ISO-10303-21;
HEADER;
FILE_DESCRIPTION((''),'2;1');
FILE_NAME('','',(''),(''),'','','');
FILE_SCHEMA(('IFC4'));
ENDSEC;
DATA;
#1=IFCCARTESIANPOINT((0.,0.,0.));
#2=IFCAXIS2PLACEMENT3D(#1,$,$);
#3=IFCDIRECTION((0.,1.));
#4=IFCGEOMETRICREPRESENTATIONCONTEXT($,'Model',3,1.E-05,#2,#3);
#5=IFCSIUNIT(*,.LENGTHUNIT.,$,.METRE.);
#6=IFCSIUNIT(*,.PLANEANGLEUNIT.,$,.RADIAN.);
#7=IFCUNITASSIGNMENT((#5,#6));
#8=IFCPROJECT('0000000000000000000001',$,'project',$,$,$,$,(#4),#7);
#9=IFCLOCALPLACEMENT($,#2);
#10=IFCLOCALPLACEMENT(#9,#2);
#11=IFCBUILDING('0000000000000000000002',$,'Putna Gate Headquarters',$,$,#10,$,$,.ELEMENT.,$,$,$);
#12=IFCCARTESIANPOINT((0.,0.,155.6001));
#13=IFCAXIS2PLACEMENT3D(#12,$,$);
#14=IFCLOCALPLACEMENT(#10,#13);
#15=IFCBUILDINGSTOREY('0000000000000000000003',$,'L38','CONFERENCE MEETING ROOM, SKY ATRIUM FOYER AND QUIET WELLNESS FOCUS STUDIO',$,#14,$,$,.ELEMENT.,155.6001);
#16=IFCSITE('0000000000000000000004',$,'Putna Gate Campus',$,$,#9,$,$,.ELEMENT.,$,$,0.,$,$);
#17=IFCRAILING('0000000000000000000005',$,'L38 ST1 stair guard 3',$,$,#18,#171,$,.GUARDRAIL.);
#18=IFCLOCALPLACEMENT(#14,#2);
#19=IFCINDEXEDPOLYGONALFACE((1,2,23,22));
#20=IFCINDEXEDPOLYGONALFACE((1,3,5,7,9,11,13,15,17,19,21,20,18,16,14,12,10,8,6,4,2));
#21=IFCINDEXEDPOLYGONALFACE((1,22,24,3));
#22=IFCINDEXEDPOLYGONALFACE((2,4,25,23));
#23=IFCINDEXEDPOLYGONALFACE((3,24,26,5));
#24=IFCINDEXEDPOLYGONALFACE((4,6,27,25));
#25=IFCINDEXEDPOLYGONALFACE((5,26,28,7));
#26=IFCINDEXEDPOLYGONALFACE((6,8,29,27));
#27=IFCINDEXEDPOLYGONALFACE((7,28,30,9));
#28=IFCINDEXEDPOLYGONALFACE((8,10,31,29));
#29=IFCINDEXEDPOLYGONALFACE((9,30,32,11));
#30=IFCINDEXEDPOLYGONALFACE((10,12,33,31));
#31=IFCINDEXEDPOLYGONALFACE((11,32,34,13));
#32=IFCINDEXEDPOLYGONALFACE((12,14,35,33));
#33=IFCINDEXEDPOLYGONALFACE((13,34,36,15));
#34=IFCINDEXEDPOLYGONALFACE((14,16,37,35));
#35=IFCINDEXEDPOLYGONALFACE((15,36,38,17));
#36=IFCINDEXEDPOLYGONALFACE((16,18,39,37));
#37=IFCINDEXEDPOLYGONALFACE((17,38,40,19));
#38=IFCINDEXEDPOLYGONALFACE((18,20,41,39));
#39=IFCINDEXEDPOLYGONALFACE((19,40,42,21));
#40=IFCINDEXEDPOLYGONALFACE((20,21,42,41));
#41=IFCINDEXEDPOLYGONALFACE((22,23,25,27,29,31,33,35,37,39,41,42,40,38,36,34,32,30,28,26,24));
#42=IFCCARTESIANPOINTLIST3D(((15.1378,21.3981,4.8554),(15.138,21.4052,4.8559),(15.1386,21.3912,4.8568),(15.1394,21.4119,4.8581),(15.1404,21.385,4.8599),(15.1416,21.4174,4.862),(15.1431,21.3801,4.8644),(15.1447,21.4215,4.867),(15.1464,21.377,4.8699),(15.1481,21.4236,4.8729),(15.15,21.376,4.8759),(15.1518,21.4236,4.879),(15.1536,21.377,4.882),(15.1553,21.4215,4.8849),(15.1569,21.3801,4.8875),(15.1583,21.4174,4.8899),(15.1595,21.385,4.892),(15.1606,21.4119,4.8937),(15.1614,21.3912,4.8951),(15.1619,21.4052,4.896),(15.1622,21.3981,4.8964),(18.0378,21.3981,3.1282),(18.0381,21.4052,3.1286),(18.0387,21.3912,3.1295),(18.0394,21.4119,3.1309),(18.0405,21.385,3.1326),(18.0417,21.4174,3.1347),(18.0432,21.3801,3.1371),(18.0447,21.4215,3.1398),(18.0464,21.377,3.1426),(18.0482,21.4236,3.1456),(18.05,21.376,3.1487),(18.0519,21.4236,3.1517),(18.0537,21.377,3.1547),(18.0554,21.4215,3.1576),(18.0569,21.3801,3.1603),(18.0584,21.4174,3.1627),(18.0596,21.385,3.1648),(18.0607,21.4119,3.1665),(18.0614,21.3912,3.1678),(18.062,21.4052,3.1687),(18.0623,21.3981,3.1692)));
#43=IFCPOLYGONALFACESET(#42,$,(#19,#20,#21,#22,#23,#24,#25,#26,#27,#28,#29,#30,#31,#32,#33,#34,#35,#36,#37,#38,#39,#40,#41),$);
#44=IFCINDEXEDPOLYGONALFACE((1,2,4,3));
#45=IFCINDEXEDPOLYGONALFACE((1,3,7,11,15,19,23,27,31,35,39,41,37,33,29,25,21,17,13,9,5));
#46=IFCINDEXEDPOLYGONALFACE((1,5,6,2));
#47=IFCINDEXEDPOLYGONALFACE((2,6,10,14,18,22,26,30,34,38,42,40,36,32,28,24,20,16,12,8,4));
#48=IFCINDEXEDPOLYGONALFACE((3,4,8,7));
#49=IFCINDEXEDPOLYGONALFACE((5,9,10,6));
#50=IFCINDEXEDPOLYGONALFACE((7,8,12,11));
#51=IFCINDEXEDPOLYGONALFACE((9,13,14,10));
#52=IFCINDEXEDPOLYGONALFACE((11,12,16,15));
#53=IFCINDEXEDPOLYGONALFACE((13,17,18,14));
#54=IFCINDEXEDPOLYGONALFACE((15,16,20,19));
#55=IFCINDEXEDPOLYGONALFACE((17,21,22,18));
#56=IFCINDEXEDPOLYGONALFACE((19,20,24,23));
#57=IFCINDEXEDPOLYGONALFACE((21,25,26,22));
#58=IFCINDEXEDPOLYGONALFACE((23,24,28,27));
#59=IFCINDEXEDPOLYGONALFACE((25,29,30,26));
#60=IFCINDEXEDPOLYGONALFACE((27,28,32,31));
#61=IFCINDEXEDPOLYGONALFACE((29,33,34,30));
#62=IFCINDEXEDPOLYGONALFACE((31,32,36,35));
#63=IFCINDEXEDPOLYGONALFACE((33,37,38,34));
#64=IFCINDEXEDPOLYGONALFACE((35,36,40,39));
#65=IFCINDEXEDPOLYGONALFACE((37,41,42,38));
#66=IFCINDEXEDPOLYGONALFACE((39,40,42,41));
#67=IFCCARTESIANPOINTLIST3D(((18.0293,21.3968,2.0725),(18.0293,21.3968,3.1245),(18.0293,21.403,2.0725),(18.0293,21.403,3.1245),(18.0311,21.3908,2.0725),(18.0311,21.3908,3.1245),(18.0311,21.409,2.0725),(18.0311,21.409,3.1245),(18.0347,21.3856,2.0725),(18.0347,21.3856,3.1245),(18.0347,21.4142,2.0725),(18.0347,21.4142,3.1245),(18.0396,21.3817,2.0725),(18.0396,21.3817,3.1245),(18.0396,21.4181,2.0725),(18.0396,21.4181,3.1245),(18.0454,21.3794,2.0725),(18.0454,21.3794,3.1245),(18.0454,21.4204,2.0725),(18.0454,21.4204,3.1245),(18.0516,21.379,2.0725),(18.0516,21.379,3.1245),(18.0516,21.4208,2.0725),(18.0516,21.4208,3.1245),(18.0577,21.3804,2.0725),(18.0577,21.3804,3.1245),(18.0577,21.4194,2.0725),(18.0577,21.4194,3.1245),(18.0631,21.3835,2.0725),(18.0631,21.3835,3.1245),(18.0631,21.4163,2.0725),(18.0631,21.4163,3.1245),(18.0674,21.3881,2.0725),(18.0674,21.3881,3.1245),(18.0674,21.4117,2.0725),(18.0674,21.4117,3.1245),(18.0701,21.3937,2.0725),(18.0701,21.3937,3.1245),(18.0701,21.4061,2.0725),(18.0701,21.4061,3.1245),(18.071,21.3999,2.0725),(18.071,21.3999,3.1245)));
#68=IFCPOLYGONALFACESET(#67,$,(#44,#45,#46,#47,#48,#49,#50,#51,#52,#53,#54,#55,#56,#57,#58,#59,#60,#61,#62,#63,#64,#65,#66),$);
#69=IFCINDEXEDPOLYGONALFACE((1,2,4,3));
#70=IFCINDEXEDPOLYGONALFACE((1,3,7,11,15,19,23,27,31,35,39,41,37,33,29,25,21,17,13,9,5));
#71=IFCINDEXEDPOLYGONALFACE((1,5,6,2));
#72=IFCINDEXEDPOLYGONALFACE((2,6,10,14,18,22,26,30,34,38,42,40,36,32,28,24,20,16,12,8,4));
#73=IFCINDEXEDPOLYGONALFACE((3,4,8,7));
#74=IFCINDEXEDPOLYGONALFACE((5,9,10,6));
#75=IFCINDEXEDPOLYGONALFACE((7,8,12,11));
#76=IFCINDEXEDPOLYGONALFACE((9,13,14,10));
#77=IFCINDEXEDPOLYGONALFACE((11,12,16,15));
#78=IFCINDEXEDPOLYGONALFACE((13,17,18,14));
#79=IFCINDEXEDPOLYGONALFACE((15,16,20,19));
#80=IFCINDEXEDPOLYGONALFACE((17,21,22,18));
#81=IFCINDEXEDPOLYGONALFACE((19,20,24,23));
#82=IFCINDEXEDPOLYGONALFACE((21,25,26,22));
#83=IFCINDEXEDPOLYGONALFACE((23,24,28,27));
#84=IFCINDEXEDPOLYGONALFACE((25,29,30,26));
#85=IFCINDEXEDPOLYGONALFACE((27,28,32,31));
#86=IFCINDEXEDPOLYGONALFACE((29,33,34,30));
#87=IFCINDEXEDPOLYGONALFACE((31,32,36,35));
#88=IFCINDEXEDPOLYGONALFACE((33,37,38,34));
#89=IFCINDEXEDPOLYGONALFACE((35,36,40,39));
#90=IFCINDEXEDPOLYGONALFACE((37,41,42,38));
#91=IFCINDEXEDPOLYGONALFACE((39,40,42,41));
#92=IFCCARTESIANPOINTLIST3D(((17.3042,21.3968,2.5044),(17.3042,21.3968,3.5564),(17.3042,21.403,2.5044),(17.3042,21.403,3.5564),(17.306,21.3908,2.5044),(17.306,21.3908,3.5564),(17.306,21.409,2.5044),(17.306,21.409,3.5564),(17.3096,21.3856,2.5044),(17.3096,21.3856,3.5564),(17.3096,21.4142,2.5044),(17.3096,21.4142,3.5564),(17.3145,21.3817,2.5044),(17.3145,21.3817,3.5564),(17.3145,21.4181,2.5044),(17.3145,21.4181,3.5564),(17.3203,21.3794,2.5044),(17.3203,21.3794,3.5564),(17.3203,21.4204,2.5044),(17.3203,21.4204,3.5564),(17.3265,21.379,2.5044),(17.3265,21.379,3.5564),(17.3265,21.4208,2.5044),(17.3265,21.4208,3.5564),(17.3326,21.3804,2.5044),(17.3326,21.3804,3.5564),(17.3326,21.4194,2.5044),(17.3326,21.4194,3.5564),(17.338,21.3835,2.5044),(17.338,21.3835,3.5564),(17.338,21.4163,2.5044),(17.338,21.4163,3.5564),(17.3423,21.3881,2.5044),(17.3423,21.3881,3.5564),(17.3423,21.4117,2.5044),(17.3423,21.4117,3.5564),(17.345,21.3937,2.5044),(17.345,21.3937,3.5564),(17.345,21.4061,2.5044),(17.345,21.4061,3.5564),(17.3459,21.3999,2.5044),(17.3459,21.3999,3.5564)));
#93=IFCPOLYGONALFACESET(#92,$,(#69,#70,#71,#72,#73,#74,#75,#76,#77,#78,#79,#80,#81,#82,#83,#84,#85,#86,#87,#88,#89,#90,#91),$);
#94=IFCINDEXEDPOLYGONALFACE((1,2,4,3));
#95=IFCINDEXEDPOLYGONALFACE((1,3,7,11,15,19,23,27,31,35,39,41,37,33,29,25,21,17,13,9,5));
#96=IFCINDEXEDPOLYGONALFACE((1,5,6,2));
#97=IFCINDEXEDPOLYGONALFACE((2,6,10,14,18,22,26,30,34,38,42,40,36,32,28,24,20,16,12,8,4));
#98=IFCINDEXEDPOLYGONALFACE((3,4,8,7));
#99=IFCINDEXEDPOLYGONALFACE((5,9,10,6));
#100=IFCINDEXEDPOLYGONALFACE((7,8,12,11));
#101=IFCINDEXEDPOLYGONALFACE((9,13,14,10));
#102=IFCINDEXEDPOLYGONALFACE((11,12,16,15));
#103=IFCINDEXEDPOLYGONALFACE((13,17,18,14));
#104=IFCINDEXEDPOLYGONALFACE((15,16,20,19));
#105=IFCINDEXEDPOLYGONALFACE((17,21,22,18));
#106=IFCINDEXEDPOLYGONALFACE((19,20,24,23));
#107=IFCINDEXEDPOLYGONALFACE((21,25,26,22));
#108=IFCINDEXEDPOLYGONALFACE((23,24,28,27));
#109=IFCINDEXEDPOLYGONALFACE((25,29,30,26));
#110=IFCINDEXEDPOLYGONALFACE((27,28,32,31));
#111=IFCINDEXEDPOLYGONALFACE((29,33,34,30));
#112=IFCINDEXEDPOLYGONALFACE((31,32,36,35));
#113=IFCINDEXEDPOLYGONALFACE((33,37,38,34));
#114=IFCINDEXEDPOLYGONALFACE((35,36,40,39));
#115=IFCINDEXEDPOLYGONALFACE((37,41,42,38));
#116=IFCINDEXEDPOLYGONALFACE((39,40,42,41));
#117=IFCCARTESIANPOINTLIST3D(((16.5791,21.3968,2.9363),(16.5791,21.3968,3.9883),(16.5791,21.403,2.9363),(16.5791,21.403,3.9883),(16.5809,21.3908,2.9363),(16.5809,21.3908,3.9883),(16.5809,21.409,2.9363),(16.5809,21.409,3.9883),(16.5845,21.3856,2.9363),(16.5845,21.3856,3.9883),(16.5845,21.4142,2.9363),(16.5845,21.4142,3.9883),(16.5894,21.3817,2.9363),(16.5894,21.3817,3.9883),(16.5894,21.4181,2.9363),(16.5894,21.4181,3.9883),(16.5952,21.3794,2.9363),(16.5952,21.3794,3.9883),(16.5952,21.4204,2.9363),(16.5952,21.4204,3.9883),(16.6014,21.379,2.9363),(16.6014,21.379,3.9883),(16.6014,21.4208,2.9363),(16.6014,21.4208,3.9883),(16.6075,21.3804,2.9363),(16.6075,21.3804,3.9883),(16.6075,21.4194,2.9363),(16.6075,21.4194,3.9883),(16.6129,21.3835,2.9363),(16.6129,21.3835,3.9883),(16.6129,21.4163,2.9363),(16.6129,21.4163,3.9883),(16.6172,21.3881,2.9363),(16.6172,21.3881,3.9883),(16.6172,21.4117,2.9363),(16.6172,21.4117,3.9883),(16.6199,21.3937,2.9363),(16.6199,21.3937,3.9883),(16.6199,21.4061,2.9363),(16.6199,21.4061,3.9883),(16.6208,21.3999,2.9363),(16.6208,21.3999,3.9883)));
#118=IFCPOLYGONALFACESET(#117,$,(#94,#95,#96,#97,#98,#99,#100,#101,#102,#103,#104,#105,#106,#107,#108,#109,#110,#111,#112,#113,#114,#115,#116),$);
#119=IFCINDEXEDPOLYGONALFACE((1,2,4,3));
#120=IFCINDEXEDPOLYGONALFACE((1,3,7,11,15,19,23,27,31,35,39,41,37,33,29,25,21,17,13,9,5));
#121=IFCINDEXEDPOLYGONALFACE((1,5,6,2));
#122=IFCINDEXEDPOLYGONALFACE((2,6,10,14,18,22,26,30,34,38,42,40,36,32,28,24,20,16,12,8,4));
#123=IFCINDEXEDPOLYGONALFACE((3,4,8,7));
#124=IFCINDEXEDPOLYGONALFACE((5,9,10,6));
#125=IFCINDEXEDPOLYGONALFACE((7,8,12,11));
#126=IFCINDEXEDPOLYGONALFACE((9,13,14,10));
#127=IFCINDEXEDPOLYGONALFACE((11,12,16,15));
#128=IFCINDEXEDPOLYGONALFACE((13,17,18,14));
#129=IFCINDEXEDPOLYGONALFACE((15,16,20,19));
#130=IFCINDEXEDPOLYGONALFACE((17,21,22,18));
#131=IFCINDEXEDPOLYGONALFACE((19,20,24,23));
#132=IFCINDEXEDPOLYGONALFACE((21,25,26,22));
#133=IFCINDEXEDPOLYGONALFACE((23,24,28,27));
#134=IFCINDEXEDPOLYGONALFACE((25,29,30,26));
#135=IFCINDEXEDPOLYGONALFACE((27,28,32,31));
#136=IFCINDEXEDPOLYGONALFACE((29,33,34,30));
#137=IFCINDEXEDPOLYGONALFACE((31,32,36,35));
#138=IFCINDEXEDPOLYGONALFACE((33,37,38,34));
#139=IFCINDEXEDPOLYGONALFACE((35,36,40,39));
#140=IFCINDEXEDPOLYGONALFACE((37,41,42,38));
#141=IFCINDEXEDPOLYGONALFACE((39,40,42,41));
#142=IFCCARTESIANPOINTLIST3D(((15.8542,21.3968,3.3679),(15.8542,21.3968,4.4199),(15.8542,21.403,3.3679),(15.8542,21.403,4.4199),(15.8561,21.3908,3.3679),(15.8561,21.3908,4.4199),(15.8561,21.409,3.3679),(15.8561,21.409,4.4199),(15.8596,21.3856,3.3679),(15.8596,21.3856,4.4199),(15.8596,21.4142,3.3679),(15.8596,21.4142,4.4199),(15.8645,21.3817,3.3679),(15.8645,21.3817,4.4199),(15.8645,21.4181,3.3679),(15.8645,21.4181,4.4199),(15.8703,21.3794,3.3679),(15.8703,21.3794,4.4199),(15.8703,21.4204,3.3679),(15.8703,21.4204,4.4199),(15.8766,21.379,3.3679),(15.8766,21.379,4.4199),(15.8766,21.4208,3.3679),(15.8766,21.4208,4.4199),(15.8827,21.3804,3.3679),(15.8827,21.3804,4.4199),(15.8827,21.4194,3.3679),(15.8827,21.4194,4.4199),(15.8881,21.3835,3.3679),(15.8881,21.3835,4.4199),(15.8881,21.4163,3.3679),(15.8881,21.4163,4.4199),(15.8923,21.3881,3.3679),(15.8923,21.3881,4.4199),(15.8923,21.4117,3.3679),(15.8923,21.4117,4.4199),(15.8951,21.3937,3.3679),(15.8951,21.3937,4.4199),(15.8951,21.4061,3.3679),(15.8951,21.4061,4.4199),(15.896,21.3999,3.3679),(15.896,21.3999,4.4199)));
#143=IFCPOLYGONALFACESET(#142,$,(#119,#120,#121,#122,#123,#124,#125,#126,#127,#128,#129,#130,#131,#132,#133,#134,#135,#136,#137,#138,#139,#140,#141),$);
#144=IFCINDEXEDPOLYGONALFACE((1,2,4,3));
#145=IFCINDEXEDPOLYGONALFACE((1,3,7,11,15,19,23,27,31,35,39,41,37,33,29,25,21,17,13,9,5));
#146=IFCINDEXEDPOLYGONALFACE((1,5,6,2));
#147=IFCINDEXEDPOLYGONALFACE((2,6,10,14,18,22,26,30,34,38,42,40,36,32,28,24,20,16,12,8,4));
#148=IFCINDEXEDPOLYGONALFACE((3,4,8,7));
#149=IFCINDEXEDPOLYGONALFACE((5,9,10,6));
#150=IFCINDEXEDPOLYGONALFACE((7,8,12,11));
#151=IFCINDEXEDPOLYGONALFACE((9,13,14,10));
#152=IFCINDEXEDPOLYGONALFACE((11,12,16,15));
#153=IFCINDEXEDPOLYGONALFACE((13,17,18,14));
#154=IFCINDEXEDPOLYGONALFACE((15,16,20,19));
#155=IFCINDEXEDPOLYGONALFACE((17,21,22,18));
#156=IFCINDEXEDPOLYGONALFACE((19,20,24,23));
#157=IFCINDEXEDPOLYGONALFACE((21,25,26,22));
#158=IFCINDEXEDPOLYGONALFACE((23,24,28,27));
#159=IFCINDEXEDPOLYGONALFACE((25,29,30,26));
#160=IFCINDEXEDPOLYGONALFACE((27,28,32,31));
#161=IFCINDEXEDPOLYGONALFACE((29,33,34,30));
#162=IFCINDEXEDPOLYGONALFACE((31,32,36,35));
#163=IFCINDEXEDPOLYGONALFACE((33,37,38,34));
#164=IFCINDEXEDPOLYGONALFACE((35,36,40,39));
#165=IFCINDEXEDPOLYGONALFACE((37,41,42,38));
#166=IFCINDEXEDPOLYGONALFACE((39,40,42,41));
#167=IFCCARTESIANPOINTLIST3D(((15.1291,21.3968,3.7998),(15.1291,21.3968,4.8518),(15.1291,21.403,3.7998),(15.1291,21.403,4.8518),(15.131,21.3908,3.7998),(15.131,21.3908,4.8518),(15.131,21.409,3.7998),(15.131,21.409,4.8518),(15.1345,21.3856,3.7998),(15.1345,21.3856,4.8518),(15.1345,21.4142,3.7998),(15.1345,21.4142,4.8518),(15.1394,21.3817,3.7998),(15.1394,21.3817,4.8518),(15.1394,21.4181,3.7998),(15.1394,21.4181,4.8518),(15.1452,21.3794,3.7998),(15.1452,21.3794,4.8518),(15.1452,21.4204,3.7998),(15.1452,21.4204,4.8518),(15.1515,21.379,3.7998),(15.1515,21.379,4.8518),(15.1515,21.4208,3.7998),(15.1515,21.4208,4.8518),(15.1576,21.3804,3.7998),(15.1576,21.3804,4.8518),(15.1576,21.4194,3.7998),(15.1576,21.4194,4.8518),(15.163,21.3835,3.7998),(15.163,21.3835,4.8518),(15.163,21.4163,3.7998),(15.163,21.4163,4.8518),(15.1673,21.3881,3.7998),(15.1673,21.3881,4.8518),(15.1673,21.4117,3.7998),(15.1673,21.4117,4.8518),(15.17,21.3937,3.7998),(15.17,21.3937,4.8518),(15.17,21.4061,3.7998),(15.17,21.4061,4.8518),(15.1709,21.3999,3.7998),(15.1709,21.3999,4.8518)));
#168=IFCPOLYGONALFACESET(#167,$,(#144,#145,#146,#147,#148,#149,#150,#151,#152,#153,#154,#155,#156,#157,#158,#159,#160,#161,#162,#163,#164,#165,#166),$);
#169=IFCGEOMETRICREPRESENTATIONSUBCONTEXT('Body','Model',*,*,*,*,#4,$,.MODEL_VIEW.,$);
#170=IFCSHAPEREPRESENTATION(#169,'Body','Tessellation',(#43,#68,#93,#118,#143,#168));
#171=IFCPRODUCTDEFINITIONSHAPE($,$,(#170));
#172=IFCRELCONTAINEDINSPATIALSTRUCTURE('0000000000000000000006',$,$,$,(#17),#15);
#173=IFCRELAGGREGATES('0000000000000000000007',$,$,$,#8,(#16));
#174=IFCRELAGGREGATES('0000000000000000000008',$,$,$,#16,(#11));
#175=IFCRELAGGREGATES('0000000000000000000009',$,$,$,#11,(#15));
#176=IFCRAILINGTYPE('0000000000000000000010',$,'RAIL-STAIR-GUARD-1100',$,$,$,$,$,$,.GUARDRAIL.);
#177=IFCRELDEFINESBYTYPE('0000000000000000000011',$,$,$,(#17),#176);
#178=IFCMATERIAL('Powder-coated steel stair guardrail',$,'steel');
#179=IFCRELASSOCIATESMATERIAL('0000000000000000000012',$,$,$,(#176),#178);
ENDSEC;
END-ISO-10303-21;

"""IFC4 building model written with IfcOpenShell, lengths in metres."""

from ifc_helpers import new_model, si_unit, direction, frame, origin, origin_2d, place, context, subcontext, project, spatial, circle, extrude, material, type_object, element, save


model = new_model("IFC4")

# Units and contexts
model_context = context("Model", 3, precision=1e-05, world=origin(), true_north=direction((0.0, 1.0)))
body_context = subcontext(model_context, "Body", "Model", "MODEL_VIEW")
ifc_project = project(units=[si_unit("LENGTHUNIT", "METRE"), si_unit("PLANEANGLEUNIT", "RADIAN")], contexts=[model_context])

# Site, building, storey
site_placement = place(None, origin())
site = spatial("IfcSite", under=ifc_project, at=site_placement, Name="Putna Gate Campus", CompositionType="ELEMENT", RefElevation=0.0)
building_placement = place(site_placement, origin())
building = spatial("IfcBuilding", under=site, at=building_placement, Name="Putna Gate Headquarters", CompositionType="ELEMENT")
storey_placement = place(building_placement, frame((0.0, 0.0, 155.6001)))
storey = spatial("IfcBuildingStorey", under=building, at=storey_placement, Name="L38", Description="CONFERENCE MEETING ROOM, SKY ATRIUM FOYER AND QUIET WELLNESS FOCUS STUDIO", CompositionType="ELEMENT", Elevation=155.6001)

# Railing
ifc_material_1 = material(Name="Powder-coated steel stair guardrail", Category="steel")
railing_type_1 = type_object("IfcRailingType", Name="RAIL-STAIR-GUARD-1100", PredefinedType="GUARDRAIL", material=ifc_material_1)
railing_1_placement = place(storey_placement, frame((18.05, 21.3999, 2.0725)))
element("IfcRailing", 1, at=railing_1_placement, inside=storey, type_object=railing_type_1, Name="L38 ST1 stair guard 3", PredefinedType="GUARDRAIL", context=body_context, shape_type="SweptSolid", body=[
    extrude(circle(Radius=0.0239, at=origin_2d()), frame((0.0, 0.0, 1.0762), z_axis=(-0.85916, 0.0, 0.511706), x_axis=(0.0, -1.0, 0.0)), (0.0, 0.0, 1.0), 3.3755),
    extrude(circle(Radius=0.021, at=origin_2d()), origin(), (0.0, 0.0, 1.0), 1.052),
    extrude(circle(Radius=0.021, at=origin_2d()), frame((-0.7251, 0.0, 0.4319)), (0.0, 0.0, 1.0), 1.052),
    extrude(circle(Radius=0.021, at=origin_2d()), frame((-1.4502, 0.0, 0.8638)), (0.0, 0.0, 1.0), 1.052),
    extrude(circle(Radius=0.021, at=origin_2d()), frame((-2.175, 0.0, 1.2954)), (0.0, 0.0, 1.0), 1.052),
    extrude(circle(Radius=0.021, at=origin_2d()), frame((-2.9001, 0.0, 1.7273)), (0.0, 0.0, 1.0), 1.052),
])

save(model, "model.ifc")
